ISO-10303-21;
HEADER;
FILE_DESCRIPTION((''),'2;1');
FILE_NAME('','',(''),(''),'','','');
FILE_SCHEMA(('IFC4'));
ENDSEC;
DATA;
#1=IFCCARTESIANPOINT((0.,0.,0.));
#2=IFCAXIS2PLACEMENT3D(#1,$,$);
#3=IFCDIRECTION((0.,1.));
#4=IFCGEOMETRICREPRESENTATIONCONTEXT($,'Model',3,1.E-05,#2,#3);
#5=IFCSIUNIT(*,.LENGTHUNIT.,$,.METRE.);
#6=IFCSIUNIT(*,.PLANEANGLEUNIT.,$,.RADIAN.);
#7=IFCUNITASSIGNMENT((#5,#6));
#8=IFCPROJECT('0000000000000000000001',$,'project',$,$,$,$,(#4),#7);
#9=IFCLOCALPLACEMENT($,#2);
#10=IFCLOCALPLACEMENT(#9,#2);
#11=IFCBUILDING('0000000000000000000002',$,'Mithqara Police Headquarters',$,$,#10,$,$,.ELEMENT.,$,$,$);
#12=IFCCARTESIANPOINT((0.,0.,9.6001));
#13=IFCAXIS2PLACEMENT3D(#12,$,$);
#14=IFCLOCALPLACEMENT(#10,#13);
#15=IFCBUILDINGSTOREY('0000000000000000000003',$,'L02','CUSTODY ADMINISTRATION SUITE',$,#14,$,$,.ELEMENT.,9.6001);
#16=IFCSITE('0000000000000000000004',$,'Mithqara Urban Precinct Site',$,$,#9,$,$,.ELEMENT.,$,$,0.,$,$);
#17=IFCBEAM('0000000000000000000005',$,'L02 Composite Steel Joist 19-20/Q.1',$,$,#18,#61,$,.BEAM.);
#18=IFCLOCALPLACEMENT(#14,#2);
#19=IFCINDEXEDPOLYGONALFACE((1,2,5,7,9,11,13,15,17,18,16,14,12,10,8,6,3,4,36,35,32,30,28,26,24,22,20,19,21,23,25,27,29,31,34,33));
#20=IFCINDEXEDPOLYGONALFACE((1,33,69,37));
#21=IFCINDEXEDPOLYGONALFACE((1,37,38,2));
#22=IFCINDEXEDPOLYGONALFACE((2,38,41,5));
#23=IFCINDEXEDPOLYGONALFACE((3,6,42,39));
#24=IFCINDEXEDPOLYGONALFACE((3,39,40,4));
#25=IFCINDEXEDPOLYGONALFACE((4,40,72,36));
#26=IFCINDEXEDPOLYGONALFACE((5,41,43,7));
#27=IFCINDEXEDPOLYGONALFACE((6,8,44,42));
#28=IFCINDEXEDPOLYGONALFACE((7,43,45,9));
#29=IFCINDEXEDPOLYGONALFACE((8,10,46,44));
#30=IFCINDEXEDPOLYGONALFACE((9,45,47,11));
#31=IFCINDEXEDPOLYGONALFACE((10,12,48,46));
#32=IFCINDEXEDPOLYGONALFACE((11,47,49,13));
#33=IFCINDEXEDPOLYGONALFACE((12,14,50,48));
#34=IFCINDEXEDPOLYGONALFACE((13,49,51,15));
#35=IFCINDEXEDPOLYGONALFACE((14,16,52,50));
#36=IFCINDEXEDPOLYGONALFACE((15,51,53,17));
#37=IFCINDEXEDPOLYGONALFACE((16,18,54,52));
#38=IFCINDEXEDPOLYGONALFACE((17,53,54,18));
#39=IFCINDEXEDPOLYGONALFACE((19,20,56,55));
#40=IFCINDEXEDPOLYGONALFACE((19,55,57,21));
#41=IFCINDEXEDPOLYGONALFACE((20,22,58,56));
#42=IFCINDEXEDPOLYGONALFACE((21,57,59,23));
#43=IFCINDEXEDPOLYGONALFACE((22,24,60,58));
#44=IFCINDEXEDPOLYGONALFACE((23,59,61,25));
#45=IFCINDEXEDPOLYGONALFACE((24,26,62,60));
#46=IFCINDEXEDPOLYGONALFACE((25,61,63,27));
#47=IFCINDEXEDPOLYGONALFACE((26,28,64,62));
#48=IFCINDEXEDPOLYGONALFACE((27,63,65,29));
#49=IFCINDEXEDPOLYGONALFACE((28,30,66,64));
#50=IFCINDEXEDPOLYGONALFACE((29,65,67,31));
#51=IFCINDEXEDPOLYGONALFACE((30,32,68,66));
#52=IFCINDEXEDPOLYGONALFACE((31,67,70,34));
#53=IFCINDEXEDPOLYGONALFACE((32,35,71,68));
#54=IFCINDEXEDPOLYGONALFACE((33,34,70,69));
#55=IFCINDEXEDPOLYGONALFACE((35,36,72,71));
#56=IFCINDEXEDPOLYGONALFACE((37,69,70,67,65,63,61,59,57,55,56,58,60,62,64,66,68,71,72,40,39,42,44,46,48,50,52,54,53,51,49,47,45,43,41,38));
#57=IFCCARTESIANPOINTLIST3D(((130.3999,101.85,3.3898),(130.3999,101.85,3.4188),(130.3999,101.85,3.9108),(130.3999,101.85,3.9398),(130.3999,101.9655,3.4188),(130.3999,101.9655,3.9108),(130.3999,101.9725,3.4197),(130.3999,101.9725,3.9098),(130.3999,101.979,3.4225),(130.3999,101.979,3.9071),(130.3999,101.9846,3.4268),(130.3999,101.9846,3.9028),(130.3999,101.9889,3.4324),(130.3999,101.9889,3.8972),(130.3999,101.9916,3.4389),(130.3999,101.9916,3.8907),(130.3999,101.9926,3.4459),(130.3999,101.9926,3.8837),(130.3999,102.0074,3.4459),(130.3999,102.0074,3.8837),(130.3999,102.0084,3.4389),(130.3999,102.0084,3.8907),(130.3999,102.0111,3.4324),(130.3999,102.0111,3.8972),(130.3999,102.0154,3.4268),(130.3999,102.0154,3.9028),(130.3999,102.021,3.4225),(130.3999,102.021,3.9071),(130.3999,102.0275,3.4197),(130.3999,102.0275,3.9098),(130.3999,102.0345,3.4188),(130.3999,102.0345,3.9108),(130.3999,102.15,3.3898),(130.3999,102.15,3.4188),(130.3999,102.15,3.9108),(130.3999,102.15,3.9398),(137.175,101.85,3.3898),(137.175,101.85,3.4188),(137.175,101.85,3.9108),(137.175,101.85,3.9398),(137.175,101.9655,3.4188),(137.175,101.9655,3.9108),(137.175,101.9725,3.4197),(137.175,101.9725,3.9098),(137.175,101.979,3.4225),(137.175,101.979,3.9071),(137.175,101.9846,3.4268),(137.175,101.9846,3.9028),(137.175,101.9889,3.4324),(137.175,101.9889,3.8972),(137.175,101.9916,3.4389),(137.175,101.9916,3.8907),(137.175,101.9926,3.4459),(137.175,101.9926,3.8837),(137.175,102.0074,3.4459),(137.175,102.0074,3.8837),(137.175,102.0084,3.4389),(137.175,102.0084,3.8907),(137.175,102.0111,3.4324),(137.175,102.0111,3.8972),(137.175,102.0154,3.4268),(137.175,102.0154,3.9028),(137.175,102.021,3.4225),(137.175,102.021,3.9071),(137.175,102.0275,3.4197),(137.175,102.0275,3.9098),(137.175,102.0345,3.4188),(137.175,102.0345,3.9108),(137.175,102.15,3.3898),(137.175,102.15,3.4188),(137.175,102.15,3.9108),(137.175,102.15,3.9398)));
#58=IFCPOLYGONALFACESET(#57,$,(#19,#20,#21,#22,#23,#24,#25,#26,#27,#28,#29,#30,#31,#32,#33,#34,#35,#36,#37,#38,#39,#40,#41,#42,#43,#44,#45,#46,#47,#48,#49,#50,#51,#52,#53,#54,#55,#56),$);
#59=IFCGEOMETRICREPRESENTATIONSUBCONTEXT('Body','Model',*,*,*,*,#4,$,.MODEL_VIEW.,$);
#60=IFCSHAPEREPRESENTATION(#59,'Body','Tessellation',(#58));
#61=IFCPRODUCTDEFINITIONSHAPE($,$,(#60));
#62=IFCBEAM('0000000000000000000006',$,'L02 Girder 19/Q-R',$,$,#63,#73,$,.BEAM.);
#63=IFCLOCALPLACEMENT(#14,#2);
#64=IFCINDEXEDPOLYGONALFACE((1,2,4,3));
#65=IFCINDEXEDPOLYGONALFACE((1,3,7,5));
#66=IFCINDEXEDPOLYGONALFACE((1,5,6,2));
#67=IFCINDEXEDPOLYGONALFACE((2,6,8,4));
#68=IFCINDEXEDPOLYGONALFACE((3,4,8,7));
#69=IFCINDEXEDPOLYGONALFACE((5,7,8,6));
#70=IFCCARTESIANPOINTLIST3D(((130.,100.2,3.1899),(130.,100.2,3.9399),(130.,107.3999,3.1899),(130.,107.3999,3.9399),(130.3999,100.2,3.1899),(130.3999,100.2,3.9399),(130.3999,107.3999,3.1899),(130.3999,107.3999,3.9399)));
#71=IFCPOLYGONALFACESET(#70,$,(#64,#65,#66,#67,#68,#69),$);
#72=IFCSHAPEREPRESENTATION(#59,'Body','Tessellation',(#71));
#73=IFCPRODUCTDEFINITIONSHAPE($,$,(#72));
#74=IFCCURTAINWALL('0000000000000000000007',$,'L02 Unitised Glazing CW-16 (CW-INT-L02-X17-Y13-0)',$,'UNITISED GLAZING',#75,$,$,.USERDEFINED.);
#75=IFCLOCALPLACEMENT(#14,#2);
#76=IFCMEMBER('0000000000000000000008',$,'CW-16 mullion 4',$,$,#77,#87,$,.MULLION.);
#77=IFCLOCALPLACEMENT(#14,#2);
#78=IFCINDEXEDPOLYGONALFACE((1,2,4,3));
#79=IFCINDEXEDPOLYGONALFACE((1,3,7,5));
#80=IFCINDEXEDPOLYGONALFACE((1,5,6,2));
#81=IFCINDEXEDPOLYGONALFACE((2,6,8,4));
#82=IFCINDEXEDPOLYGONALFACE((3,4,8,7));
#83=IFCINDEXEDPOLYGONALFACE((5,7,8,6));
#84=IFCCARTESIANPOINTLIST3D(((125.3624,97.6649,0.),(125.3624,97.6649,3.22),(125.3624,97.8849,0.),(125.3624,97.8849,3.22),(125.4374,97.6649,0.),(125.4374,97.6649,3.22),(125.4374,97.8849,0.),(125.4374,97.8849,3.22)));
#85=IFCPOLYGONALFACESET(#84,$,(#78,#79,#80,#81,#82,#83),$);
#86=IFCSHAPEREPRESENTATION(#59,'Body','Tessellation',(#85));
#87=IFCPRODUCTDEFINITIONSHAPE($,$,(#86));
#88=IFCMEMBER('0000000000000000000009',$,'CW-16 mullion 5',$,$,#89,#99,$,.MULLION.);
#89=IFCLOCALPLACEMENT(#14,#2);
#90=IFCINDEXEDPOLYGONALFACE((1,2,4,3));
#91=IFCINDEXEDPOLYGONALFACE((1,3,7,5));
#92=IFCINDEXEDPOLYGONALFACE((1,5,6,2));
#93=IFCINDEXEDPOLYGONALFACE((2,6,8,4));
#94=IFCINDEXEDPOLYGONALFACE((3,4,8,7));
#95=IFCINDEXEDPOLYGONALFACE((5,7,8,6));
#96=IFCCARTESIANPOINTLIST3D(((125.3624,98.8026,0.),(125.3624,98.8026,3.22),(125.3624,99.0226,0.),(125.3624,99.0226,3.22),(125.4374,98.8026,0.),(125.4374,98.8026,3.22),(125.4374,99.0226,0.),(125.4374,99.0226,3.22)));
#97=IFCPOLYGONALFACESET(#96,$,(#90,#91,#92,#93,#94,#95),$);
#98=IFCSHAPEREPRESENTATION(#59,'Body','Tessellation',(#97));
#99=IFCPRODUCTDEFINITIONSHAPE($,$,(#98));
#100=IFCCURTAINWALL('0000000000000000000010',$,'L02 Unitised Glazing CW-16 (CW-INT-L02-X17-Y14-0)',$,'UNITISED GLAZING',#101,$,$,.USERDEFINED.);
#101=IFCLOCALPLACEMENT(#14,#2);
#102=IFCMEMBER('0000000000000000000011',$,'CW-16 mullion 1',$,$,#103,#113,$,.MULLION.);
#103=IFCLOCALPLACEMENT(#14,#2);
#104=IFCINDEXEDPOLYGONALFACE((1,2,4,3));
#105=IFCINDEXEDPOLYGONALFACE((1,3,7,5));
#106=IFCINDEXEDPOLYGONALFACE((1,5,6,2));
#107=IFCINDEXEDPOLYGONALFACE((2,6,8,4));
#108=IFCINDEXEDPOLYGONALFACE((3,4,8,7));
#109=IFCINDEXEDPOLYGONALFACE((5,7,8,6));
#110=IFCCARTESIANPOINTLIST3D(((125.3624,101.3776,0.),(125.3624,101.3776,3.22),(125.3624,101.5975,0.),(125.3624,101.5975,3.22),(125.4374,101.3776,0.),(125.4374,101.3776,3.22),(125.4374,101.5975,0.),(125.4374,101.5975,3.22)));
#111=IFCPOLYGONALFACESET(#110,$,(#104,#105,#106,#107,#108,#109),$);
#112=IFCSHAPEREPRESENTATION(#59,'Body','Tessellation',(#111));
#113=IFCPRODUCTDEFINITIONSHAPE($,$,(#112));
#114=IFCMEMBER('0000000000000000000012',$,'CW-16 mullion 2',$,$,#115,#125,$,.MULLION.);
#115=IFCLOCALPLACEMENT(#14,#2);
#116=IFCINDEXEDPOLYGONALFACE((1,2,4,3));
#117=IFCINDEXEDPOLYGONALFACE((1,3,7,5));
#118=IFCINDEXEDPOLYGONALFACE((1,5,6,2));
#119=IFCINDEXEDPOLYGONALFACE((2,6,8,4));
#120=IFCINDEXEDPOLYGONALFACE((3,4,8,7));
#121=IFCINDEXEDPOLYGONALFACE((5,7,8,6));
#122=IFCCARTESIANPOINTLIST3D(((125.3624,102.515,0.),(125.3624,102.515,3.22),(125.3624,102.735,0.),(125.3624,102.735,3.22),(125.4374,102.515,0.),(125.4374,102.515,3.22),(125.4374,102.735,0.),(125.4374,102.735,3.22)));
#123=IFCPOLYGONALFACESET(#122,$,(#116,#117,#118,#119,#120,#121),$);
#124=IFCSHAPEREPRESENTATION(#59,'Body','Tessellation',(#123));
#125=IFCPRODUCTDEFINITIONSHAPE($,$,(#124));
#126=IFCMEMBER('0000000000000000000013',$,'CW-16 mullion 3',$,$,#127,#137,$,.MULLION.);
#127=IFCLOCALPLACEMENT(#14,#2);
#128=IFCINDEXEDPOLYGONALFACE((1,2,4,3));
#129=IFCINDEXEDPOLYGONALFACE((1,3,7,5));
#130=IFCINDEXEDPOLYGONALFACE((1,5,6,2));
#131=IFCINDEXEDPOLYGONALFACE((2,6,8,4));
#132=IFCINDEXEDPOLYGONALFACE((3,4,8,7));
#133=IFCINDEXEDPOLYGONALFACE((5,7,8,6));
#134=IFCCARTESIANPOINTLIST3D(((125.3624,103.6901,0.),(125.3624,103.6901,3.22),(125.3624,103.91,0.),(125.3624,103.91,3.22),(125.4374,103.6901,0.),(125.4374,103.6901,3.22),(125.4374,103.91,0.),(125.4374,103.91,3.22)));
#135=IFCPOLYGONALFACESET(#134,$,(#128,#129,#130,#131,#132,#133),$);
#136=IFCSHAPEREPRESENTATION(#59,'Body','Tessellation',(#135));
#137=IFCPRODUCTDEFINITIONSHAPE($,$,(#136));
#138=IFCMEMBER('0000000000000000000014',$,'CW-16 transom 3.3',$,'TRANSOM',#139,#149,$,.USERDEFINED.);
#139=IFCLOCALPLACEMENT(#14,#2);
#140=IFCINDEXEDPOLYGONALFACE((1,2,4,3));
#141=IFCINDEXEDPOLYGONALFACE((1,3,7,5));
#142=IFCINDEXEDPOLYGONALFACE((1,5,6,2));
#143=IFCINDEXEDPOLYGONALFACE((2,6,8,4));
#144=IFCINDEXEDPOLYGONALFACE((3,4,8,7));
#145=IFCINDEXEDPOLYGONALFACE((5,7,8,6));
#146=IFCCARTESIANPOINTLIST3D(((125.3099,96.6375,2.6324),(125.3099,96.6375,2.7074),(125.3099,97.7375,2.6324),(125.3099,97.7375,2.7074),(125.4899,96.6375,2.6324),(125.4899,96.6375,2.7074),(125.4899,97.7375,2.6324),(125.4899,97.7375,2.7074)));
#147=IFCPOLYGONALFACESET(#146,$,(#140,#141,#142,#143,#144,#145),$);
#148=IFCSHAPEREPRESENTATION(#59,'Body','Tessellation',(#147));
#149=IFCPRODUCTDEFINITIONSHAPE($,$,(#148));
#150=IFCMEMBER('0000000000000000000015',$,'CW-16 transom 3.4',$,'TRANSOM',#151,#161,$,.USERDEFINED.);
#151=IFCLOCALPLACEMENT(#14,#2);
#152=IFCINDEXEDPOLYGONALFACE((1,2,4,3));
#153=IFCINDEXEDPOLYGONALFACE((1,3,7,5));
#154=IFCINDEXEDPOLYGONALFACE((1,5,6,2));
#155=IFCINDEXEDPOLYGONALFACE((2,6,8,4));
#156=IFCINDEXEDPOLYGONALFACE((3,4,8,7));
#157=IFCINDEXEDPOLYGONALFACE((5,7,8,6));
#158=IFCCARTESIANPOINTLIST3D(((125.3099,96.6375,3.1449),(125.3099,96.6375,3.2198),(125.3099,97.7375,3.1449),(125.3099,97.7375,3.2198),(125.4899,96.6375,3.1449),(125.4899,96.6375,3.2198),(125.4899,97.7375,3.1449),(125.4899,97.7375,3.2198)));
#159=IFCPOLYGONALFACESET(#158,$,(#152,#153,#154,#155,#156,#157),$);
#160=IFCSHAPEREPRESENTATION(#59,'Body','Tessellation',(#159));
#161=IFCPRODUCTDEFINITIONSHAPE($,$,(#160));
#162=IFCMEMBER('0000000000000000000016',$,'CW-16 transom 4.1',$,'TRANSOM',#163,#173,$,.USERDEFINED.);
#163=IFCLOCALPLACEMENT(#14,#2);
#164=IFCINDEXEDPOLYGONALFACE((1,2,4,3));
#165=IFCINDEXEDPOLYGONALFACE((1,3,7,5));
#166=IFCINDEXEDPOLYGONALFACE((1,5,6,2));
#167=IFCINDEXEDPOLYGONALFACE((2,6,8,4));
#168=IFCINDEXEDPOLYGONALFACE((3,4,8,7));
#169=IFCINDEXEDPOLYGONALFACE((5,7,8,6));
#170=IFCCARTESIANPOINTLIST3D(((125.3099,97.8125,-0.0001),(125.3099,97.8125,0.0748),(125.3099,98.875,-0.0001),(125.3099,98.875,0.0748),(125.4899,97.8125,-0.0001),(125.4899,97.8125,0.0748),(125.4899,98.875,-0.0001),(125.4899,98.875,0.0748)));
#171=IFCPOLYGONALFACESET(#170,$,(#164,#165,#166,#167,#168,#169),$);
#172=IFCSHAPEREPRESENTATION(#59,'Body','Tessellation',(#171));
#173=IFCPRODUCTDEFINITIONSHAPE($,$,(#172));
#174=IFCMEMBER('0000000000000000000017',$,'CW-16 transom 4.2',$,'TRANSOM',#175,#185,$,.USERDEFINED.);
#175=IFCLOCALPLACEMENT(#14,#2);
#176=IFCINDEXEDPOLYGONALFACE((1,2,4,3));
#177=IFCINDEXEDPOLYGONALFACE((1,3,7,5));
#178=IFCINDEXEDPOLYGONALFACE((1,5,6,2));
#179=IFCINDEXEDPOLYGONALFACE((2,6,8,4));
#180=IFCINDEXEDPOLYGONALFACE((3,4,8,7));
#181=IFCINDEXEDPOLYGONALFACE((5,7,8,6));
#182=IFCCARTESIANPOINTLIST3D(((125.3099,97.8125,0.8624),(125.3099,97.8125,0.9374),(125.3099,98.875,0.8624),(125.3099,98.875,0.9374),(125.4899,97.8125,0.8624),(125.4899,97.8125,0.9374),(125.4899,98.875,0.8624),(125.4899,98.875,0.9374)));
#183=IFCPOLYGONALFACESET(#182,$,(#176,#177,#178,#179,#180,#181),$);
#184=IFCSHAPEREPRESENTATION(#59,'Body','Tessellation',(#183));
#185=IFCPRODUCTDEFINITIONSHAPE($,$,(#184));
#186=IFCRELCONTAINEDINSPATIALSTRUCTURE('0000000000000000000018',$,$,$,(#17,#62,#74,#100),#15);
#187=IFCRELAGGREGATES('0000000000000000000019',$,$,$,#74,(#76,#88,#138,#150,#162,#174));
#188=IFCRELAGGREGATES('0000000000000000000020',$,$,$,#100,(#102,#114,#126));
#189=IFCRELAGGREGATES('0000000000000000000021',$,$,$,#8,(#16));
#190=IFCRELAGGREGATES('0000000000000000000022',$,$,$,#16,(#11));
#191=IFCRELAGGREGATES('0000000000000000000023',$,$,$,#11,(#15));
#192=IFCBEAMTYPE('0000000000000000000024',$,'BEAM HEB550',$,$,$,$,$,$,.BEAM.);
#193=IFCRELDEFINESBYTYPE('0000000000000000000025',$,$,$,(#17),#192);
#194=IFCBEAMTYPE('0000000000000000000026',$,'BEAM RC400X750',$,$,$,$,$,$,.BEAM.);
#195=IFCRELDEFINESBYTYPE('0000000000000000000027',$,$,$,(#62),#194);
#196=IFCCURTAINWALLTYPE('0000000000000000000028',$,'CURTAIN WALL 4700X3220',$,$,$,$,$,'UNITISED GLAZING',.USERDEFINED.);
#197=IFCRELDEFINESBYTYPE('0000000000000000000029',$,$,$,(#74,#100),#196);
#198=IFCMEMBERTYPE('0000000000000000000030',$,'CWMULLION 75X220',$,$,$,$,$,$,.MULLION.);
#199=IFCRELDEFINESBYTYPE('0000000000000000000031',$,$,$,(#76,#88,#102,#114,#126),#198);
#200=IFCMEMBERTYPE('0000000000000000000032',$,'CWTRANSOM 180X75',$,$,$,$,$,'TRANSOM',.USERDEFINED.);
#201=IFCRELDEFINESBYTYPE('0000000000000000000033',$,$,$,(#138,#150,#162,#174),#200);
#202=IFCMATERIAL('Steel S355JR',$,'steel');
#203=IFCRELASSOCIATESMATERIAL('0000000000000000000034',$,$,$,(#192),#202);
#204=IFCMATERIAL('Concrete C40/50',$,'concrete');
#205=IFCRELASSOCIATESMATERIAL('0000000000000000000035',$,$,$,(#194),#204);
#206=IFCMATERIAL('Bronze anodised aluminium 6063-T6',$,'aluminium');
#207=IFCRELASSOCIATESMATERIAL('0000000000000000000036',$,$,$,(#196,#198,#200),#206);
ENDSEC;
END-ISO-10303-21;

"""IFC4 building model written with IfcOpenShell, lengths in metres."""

from ifc_helpers import new_model, si_unit, direction, frame, origin, origin_2d, place, context, subcontext, project, spatial, rectangle, i_section, extrude, material, material_profile, profile_set, type_object, element, aggregate, save


model = new_model("IFC4")

# Units and contexts
model_context = context("Model", 3, precision=1e-05, world=origin(), true_north=direction((0.0, 1.0)))
body_context = subcontext(model_context, "Body", "Model", "MODEL_VIEW")
ifc_project = project(units=[si_unit("LENGTHUNIT", "METRE"), si_unit("PLANEANGLEUNIT", "RADIAN")], contexts=[model_context])

# Site, building, storey
site_placement = place(None, origin())
site = spatial("IfcSite", under=ifc_project, at=site_placement, Name="Mithqara Urban Precinct Site", CompositionType="ELEMENT", RefElevation=0.0)
building_placement = place(site_placement, origin())
building = spatial("IfcBuilding", under=site, at=building_placement, Name="Mithqara Police Headquarters", CompositionType="ELEMENT")
storey_placement = place(building_placement, frame((0.0, 0.0, 9.6001)))
storey = spatial("IfcBuildingStorey", under=building, at=storey_placement, Name="L02", Description="CUSTODY ADMINISTRATION SUITE", CompositionType="ELEMENT", Elevation=9.6001)

# Beams
ifc_material_1 = material(Name="Steel S355JR", Category="steel")
ifc_material_profile_1 = material_profile(ifc_material_1, i_section(OverallWidth=0.3, OverallDepth=0.55, WebThickness=0.0149, FlangeThickness=0.0291, FilletRadius=0.0271, at=origin_2d()), Name="HEB 550")
ifc_profile_set_1 = profile_set([ifc_material_profile_1], Name="Steel S355JR")
beam_type_1 = type_object("IfcBeamType", Name="BEAM HEB550", PredefinedType="BEAM", material=ifc_profile_set_1)
beam_1_placement = place(storey_placement, frame((130.3999, 102.0, 3.6648), z_axis=(1.0, 0.0, 0.0), x_axis=(0.0, 1.0, 0.0)))
element("IfcBeam", 1, at=beam_1_placement, inside=storey, type_object=beam_type_1, Name="L02 Composite Steel Joist 19-20/Q.1", PredefinedType="BEAM", context=body_context, shape_type="SweptSolid", body=[
    extrude(i_section(OverallWidth=0.3, OverallDepth=0.55, WebThickness=0.0149, FlangeThickness=0.0291, FilletRadius=0.0271, at=origin_2d()), origin(), (0.0, 0.0, 1.0), 6.7751),
])
ifc_material_2 = material(Name="Concrete C40/50", Category="concrete")
ifc_material_profile_2 = material_profile(ifc_material_2, rectangle(XDim=0.3999, YDim=0.75, at=origin_2d()), Name="RC 400x750")
ifc_profile_set_2 = profile_set([ifc_material_profile_2], Name="Concrete C40/50")
beam_type_2 = type_object("IfcBeamType", Name="BEAM RC400X750", PredefinedType="BEAM", material=ifc_profile_set_2)
beam_2_placement = place(storey_placement, frame((130.2, 100.2, 3.5649), z_axis=(0.0, 1.0, 0.0), x_axis=(-1.0, 0.0, 0.0)))
element("IfcBeam", 2, at=beam_2_placement, inside=storey, type_object=beam_type_2, Name="L02 Girder 19/Q-R", PredefinedType="BEAM", context=body_context, shape_type="SweptSolid", body=[
    extrude(rectangle(XDim=0.3999, YDim=0.75, at=origin_2d()), origin(), (0.0, 0.0, 1.0), 7.2),
])

# Curtain walls, members
ifc_material_3 = material(Name="Bronze anodised aluminium 6063-T6", Category="aluminium")
curtain_wall_type = type_object("IfcCurtainWallType", Name="CURTAIN WALL 4700X3220", ElementType="UNITISED GLAZING", PredefinedType="USERDEFINED", material=ifc_material_3)
curtain_wall_1_placement = place(storey_placement, origin())
curtain_wall_1 = element("IfcCurtainWall", 3, at=curtain_wall_1_placement, inside=storey, type_object=curtain_wall_type, Name="L02 Unitised Glazing CW-16 (CW-INT-L02-X17-Y13-0)", ObjectType="UNITISED GLAZING", PredefinedType="USERDEFINED")
ifc_material_profile_3 = material_profile(ifc_material_3, rectangle(XDim=0.075, YDim=0.22, at=origin_2d()), Name="CWM 75x220")
ifc_profile_set_3 = profile_set([ifc_material_profile_3], Name="Bronze anodised aluminium 6063-T6")
member_type_1 = type_object("IfcMemberType", Name="CWMULLION 75X220", PredefinedType="MULLION", material=ifc_profile_set_3)
member_1_placement = place(storey_placement, frame((125.3999, 97.7749, 0.0), z_axis=(0.0, 0.0, 1.0), x_axis=(-1.0, 0.0, 0.0)))
member_1 = element("IfcMember", 4, at=member_1_placement, type_object=member_type_1, Name="CW-16 mullion 4", PredefinedType="MULLION", context=body_context, shape_type="SweptSolid", body=[
    extrude(rectangle(XDim=0.075, YDim=0.22, at=origin_2d()), origin(), (0.0, 0.0, 1.0), 3.22),
])
member_2_placement = place(storey_placement, frame((125.3999, 98.9126, 0.0), z_axis=(0.0, 0.0, 1.0), x_axis=(-1.0, 0.0, 0.0)))
member_2 = element("IfcMember", 5, at=member_2_placement, type_object=member_type_1, Name="CW-16 mullion 5", PredefinedType="MULLION", context=body_context, shape_type="SweptSolid", body=[
    extrude(rectangle(XDim=0.075, YDim=0.22, at=origin_2d()), origin(), (0.0, 0.0, 1.0), 3.22),
])
curtain_wall_2_placement = place(storey_placement, origin())
curtain_wall_2 = element("IfcCurtainWall", 6, at=curtain_wall_2_placement, inside=storey, type_object=curtain_wall_type, Name="L02 Unitised Glazing CW-16 (CW-INT-L02-X17-Y14-0)", ObjectType="UNITISED GLAZING", PredefinedType="USERDEFINED")
member_3_placement = place(storey_placement, frame((125.3999, 101.4875, 0.0), z_axis=(0.0, 0.0, 1.0), x_axis=(-1.0, 0.0, 0.0)))
member_3 = element("IfcMember", 7, at=member_3_placement, type_object=member_type_1, Name="CW-16 mullion 1", PredefinedType="MULLION", context=body_context, shape_type="SweptSolid", body=[
    extrude(rectangle(XDim=0.075, YDim=0.22, at=origin_2d()), origin(), (0.0, 0.0, 1.0), 3.22),
])
member_4_placement = place(storey_placement, frame((125.3999, 102.625, 0.0), z_axis=(0.0, 0.0, 1.0), x_axis=(-1.0, 0.0, 0.0)))
member_4 = element("IfcMember", 8, at=member_4_placement, type_object=member_type_1, Name="CW-16 mullion 2", PredefinedType="MULLION", context=body_context, shape_type="SweptSolid", body=[
    extrude(rectangle(XDim=0.075, YDim=0.22, at=origin_2d()), origin(), (0.0, 0.0, 1.0), 3.22),
])
member_5_placement = place(storey_placement, frame((125.3999, 103.8, 0.0), z_axis=(0.0, 0.0, 1.0), x_axis=(-1.0, 0.0, 0.0)))
member_5 = element("IfcMember", 9, at=member_5_placement, type_object=member_type_1, Name="CW-16 mullion 3", PredefinedType="MULLION", context=body_context, shape_type="SweptSolid", body=[
    extrude(rectangle(XDim=0.075, YDim=0.22, at=origin_2d()), origin(), (0.0, 0.0, 1.0), 3.22),
])

# Members
ifc_material_profile_4 = material_profile(ifc_material_3, rectangle(XDim=0.1799, YDim=0.075, at=origin_2d()), Name="CWT 180x75")
ifc_profile_set_4 = profile_set([ifc_material_profile_4], Name="Bronze anodised aluminium 6063-T6")
member_type_2 = type_object("IfcMemberType", Name="CWTRANSOM 180X75", ElementType="TRANSOM", PredefinedType="USERDEFINED", material=ifc_profile_set_4)
member_6_placement = place(storey_placement, frame((125.3999, 96.6375, 2.6699), z_axis=(0.0, 1.0, 0.0), x_axis=(-1.0, 0.0, 0.0)))
member_6 = element("IfcMember", 10, at=member_6_placement, type_object=member_type_2, Name="CW-16 transom 3.3", ObjectType="TRANSOM", PredefinedType="USERDEFINED", context=body_context, shape_type="SweptSolid", body=[
    extrude(rectangle(XDim=0.1799, YDim=0.075, at=origin_2d()), origin(), (0.0, 0.0, 1.0), 1.1001),
])
member_7_placement = place(storey_placement, frame((125.3999, 96.6375, 3.1824), z_axis=(0.0, 1.0, 0.0), x_axis=(-1.0, 0.0, 0.0)))
member_7 = element("IfcMember", 11, at=member_7_placement, type_object=member_type_2, Name="CW-16 transom 3.4", ObjectType="TRANSOM", PredefinedType="USERDEFINED", context=body_context, shape_type="SweptSolid", body=[
    extrude(rectangle(XDim=0.1799, YDim=0.075, at=origin_2d()), origin(), (0.0, 0.0, 1.0), 1.1001),
])
member_8_placement = place(storey_placement, frame((125.3999, 97.8125, 0.0374), z_axis=(0.0, 1.0, 0.0), x_axis=(-1.0, 0.0, 0.0)))
member_8 = element("IfcMember", 12, at=member_8_placement, type_object=member_type_2, Name="CW-16 transom 4.1", ObjectType="TRANSOM", PredefinedType="USERDEFINED", context=body_context, shape_type="SweptSolid", body=[
    extrude(rectangle(XDim=0.1799, YDim=0.075, at=origin_2d()), origin(), (0.0, 0.0, 1.0), 1.0625),
])
member_9_placement = place(storey_placement, frame((125.3999, 97.8125, 0.8999), z_axis=(0.0, 1.0, 0.0), x_axis=(-1.0, 0.0, 0.0)))
member_9 = element("IfcMember", 13, at=member_9_placement, type_object=member_type_2, Name="CW-16 transom 4.2", ObjectType="TRANSOM", PredefinedType="USERDEFINED", context=body_context, shape_type="SweptSolid", body=[
    extrude(rectangle(XDim=0.1799, YDim=0.075, at=origin_2d()), origin(), (0.0, 0.0, 1.0), 1.0625),
])

aggregate(curtain_wall_1, [member_1, member_2, member_6, member_7, member_8, member_9])
aggregate(curtain_wall_2, [member_3, member_4, member_5])

save(model, "model.ifc")
